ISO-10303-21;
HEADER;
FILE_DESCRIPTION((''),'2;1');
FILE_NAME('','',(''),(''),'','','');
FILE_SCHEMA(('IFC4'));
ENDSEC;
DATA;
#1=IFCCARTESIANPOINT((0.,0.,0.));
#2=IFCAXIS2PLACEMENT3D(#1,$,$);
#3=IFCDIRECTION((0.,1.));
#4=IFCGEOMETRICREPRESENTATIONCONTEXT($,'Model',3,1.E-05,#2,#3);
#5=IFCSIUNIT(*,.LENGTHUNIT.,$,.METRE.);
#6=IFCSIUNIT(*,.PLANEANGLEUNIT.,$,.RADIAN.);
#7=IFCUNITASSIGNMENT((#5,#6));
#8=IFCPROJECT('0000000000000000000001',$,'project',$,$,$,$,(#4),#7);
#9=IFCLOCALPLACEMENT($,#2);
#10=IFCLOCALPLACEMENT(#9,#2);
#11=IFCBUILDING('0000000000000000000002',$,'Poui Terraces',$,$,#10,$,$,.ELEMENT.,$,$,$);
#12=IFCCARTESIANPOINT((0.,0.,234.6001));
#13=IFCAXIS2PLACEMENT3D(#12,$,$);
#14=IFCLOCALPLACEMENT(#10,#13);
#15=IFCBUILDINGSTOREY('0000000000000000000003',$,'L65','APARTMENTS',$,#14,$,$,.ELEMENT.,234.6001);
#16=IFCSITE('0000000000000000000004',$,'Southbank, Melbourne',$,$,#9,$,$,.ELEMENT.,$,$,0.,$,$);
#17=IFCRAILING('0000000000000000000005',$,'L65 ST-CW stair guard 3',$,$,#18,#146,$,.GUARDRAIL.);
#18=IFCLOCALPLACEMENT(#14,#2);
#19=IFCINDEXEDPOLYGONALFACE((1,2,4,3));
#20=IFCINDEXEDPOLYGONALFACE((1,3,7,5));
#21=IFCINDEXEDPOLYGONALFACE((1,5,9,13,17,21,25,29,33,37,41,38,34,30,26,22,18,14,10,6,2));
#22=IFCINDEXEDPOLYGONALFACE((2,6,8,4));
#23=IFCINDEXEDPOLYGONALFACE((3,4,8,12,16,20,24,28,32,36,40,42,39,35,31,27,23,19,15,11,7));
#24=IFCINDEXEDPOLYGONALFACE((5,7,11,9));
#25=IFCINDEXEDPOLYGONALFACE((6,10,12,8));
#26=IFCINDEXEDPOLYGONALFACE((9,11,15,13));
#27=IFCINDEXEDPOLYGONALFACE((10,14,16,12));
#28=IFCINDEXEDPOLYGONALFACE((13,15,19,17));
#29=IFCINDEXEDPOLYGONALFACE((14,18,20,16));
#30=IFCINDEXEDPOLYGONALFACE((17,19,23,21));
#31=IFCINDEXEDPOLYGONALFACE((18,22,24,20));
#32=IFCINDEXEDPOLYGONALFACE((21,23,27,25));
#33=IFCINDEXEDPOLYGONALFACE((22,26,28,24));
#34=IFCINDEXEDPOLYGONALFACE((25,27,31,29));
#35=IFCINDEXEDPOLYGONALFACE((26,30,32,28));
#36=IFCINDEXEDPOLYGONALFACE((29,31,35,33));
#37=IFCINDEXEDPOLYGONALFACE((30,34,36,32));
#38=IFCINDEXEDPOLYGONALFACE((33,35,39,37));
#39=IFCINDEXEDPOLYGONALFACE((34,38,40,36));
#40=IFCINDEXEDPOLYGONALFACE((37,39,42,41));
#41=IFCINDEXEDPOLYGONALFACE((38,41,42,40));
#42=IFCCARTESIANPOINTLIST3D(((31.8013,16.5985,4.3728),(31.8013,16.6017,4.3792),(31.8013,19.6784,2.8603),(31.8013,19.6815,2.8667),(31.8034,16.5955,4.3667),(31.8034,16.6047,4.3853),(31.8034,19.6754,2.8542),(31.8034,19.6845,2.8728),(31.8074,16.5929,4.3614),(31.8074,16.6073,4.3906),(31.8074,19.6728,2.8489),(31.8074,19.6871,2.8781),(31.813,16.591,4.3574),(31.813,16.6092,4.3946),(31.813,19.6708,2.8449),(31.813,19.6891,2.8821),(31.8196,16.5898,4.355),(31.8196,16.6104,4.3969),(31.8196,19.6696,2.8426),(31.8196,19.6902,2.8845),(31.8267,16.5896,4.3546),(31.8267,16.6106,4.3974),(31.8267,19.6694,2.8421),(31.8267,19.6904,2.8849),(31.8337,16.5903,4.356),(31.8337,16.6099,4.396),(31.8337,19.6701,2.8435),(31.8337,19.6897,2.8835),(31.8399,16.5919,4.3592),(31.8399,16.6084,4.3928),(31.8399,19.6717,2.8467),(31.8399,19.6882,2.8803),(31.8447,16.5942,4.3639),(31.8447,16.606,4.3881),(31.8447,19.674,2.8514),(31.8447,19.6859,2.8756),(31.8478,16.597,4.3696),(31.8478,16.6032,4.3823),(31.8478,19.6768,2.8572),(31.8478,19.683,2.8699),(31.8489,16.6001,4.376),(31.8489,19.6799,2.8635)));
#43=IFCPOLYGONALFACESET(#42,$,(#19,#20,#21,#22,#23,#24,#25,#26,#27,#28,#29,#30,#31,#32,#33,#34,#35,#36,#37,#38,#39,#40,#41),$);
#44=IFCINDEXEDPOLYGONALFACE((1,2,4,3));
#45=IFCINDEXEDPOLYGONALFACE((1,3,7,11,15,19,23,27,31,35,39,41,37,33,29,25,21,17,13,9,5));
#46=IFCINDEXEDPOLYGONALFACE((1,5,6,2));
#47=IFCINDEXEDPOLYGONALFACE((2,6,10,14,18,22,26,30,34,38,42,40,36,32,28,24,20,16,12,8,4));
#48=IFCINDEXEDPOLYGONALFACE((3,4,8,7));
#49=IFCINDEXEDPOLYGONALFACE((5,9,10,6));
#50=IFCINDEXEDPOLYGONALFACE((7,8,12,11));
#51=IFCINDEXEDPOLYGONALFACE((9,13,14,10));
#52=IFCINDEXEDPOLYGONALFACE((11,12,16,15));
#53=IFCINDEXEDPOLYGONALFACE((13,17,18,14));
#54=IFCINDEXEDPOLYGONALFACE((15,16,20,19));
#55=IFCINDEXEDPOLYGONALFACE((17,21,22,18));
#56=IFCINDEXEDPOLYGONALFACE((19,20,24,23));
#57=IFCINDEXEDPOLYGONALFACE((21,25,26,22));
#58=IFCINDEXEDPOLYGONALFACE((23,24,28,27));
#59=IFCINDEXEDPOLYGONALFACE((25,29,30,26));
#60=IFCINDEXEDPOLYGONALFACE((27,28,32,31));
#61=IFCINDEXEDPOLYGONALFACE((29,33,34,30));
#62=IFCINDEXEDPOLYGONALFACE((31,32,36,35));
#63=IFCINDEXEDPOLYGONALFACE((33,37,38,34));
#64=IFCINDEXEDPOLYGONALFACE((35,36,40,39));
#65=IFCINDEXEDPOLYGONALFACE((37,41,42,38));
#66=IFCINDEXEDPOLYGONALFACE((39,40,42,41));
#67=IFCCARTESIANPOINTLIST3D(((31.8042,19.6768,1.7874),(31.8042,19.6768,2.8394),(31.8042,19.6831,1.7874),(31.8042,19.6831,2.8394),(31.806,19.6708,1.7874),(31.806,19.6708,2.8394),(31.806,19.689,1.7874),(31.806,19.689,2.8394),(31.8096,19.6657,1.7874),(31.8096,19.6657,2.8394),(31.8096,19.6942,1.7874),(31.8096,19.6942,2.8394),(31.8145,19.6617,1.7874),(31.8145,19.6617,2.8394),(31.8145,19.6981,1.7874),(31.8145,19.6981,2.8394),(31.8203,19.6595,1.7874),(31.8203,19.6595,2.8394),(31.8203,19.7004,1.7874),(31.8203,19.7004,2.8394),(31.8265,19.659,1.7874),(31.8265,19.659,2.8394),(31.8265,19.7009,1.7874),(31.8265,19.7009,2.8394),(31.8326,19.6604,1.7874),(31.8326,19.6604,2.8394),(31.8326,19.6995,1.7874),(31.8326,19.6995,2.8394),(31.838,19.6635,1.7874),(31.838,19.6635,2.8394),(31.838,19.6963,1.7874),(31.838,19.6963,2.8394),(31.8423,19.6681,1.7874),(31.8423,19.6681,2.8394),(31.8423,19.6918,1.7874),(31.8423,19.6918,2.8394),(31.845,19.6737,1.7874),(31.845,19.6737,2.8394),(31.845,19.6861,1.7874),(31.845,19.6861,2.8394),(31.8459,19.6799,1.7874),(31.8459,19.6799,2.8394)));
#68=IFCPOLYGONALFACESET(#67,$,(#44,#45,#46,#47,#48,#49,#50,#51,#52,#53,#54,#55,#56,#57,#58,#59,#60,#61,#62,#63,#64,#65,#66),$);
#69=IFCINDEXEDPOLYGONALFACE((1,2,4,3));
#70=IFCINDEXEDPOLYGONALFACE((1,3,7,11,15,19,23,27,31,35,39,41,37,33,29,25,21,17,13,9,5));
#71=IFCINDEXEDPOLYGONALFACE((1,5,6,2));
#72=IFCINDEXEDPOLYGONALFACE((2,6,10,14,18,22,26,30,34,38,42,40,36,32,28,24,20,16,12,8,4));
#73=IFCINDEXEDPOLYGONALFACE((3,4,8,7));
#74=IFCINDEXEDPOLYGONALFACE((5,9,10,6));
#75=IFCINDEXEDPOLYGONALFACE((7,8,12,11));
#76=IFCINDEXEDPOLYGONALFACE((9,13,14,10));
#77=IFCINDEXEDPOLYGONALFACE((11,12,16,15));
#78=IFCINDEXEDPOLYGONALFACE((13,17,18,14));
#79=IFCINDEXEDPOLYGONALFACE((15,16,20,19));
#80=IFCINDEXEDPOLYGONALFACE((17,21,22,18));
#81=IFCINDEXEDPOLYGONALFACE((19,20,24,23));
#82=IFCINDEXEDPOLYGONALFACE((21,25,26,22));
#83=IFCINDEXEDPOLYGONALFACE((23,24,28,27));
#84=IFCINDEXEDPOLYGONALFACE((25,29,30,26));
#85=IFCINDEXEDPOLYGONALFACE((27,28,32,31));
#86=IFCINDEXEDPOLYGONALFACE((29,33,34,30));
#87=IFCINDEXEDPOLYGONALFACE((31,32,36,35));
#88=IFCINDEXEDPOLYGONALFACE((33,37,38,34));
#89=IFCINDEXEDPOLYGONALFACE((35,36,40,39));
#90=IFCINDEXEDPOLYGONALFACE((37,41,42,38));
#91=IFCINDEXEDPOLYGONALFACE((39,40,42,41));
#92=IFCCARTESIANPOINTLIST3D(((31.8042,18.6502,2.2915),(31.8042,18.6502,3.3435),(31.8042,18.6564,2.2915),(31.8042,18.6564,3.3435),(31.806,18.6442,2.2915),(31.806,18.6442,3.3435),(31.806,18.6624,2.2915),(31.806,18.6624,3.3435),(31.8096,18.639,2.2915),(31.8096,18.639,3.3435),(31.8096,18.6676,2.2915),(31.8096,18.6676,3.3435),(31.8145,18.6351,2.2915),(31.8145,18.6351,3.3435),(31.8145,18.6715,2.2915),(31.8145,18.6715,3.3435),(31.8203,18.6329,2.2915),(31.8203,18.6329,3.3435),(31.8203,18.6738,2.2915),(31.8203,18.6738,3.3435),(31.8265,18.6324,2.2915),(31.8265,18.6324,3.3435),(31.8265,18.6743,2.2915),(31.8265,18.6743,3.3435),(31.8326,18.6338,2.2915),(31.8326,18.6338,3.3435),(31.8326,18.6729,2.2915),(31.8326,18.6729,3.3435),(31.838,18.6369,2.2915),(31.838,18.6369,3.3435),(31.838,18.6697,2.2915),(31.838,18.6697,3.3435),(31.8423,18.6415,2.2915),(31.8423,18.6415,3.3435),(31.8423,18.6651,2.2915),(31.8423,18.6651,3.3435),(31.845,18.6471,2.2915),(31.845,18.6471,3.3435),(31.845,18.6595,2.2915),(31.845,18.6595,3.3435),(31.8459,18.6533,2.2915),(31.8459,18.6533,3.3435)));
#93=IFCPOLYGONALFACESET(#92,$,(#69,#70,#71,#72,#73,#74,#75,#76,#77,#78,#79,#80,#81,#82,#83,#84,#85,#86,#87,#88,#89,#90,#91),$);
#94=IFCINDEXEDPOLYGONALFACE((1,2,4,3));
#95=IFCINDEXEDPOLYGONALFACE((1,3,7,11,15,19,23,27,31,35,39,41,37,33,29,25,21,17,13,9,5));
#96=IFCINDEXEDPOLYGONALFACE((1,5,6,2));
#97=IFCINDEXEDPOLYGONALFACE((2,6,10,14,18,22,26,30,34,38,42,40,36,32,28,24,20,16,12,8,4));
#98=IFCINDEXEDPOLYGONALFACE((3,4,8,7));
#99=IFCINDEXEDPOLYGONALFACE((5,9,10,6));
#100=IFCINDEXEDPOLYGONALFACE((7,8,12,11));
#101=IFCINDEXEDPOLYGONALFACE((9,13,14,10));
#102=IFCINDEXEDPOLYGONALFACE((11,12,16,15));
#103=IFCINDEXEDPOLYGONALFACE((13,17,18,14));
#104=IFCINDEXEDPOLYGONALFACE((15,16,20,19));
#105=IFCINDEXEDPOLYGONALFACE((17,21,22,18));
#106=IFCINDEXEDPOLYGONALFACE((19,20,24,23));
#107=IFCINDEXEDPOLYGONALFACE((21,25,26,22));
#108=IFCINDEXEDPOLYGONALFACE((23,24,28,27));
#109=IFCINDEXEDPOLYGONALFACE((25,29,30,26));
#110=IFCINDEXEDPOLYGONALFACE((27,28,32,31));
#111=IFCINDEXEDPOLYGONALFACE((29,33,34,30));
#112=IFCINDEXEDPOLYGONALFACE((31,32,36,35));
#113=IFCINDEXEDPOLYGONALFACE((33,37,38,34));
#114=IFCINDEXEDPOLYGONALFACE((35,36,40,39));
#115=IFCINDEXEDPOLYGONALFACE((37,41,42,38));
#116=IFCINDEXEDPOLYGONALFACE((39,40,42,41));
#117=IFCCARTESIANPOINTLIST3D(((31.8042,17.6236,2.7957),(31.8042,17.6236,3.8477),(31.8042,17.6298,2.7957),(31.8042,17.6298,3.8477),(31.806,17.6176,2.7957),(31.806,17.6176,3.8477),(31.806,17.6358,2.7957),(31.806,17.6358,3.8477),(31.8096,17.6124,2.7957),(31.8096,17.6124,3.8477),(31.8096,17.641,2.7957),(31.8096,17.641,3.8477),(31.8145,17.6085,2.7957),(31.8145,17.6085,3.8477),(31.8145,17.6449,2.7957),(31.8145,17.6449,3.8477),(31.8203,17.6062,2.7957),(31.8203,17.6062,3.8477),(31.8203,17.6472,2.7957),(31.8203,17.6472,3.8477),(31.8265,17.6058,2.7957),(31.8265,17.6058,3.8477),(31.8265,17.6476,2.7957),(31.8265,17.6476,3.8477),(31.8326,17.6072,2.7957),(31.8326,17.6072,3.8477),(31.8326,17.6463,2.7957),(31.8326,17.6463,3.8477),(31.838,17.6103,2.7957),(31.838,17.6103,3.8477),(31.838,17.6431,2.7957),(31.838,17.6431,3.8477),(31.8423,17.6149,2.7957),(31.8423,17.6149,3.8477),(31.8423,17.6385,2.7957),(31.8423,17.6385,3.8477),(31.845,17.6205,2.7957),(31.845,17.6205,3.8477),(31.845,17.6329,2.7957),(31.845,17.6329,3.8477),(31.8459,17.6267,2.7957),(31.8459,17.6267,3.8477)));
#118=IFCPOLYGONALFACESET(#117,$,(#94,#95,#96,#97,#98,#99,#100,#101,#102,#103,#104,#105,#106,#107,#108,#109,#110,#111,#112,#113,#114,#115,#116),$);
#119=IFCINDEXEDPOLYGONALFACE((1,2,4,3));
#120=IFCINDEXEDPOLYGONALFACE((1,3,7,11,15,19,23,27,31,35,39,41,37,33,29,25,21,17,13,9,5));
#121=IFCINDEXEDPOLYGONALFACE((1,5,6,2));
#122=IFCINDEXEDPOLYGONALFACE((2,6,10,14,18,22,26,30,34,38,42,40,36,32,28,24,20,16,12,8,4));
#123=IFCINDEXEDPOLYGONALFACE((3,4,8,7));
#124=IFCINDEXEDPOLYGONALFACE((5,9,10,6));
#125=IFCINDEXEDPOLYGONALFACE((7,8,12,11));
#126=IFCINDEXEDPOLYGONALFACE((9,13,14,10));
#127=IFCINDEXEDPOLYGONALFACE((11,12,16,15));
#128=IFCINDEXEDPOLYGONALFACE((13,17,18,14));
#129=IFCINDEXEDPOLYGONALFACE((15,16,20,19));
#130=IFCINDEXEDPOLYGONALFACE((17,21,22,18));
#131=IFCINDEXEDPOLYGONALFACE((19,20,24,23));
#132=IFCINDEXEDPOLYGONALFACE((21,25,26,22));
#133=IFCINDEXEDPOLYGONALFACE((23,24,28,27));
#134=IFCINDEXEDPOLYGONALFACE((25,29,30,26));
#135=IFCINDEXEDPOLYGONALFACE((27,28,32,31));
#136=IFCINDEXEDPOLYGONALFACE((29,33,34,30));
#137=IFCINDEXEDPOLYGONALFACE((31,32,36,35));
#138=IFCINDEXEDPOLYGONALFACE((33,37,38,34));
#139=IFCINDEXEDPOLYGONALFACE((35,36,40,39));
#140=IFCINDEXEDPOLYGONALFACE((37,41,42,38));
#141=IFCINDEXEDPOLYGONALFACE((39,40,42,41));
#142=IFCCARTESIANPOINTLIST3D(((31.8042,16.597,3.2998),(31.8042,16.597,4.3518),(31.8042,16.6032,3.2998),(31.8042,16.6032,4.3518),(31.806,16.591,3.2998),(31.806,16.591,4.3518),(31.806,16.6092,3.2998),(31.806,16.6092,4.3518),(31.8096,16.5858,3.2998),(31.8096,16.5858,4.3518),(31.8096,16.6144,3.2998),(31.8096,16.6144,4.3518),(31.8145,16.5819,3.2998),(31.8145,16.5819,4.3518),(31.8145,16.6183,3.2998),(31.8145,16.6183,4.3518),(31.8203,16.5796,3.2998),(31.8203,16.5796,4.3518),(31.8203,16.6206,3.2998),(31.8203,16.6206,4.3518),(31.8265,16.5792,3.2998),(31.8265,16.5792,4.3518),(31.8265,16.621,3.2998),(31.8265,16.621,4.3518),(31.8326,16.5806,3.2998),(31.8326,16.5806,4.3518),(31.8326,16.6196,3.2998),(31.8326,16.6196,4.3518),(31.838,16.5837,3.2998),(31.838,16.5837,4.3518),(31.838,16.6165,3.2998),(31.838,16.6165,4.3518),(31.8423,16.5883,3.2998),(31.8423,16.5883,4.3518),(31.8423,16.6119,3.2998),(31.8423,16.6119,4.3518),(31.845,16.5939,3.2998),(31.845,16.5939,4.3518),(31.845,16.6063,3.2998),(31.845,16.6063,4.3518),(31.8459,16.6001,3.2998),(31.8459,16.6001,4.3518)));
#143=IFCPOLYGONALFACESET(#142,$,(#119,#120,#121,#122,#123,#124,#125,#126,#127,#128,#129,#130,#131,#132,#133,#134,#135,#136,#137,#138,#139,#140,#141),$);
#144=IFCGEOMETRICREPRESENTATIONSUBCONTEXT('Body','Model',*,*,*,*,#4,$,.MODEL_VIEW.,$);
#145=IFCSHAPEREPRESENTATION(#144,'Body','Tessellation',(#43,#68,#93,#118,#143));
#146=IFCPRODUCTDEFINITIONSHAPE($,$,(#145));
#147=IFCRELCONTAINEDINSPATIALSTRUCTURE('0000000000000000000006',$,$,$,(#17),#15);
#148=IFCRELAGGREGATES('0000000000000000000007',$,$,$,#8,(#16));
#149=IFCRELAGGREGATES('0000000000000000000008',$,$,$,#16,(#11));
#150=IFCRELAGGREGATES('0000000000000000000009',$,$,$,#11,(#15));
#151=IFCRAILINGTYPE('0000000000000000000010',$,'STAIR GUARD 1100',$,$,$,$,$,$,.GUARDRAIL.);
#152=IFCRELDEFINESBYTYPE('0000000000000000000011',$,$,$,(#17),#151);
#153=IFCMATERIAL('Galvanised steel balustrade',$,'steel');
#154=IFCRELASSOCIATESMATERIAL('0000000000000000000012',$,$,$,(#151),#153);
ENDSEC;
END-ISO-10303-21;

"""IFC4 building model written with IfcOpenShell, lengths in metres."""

from ifc_helpers import new_model, si_unit, direction, frame, origin, origin_2d, place, context, subcontext, project, spatial, circle, extrude, material, type_object, element, save


model = new_model("IFC4")

# Units and contexts
model_context = context("Model", 3, precision=1e-05, world=origin(), true_north=direction((0.0, 1.0)))
body_context = subcontext(model_context, "Body", "Model", "MODEL_VIEW")
ifc_project = project(units=[si_unit("LENGTHUNIT", "METRE"), si_unit("PLANEANGLEUNIT", "RADIAN")], contexts=[model_context])

# Site, building, storey
site_placement = place(None, origin())
site = spatial("IfcSite", under=ifc_project, at=site_placement, Name="Southbank, Melbourne", CompositionType="ELEMENT", RefElevation=0.0)
building_placement = place(site_placement, origin())
building = spatial("IfcBuilding", under=site, at=building_placement, Name="Poui Terraces", CompositionType="ELEMENT")
storey_placement = place(building_placement, frame((0.0, 0.0, 234.6001)))
storey = spatial("IfcBuildingStorey", under=building, at=storey_placement, Name="L65", Description="APARTMENTS", CompositionType="ELEMENT", Elevation=234.6001)

# Railing
ifc_material_1 = material(Name="Galvanised steel balustrade", Category="steel")
railing_type_1 = type_object("IfcRailingType", Name="STAIR GUARD 1100", PredefinedType="GUARDRAIL", material=ifc_material_1)
railing_1_placement = place(storey_placement, frame((31.825, 19.6799, 1.7874)))
element("IfcRailing", 1, at=railing_1_placement, inside=storey, type_object=railing_type_1, Name="L65 ST-CW stair guard 3", PredefinedType="GUARDRAIL", context=body_context, shape_type="SweptSolid", body=[
    extrude(circle(Radius=0.0239, at=origin_2d()), frame((0.0, 0.0, 1.0762), z_axis=(0.0, -0.897606, 0.440798), x_axis=(1.0, 0.0, 0.0)), (0.0, 0.0, 1.0), 3.4312),
    extrude(circle(Radius=0.021, at=origin_2d()), origin(), (0.0, 0.0, 1.0), 1.052),
    extrude(circle(Radius=0.021, at=origin_2d()), frame((0.0, -1.0266, 0.5042)), (0.0, 0.0, 1.0), 1.052),
    extrude(circle(Radius=0.021, at=origin_2d()), frame((0.0, -2.0532, 1.0083)), (0.0, 0.0, 1.0), 1.052),
    extrude(circle(Radius=0.021, at=origin_2d()), frame((0.0, -3.0798, 1.5125)), (0.0, 0.0, 1.0), 1.052),
])

save(model, "model.ifc")
